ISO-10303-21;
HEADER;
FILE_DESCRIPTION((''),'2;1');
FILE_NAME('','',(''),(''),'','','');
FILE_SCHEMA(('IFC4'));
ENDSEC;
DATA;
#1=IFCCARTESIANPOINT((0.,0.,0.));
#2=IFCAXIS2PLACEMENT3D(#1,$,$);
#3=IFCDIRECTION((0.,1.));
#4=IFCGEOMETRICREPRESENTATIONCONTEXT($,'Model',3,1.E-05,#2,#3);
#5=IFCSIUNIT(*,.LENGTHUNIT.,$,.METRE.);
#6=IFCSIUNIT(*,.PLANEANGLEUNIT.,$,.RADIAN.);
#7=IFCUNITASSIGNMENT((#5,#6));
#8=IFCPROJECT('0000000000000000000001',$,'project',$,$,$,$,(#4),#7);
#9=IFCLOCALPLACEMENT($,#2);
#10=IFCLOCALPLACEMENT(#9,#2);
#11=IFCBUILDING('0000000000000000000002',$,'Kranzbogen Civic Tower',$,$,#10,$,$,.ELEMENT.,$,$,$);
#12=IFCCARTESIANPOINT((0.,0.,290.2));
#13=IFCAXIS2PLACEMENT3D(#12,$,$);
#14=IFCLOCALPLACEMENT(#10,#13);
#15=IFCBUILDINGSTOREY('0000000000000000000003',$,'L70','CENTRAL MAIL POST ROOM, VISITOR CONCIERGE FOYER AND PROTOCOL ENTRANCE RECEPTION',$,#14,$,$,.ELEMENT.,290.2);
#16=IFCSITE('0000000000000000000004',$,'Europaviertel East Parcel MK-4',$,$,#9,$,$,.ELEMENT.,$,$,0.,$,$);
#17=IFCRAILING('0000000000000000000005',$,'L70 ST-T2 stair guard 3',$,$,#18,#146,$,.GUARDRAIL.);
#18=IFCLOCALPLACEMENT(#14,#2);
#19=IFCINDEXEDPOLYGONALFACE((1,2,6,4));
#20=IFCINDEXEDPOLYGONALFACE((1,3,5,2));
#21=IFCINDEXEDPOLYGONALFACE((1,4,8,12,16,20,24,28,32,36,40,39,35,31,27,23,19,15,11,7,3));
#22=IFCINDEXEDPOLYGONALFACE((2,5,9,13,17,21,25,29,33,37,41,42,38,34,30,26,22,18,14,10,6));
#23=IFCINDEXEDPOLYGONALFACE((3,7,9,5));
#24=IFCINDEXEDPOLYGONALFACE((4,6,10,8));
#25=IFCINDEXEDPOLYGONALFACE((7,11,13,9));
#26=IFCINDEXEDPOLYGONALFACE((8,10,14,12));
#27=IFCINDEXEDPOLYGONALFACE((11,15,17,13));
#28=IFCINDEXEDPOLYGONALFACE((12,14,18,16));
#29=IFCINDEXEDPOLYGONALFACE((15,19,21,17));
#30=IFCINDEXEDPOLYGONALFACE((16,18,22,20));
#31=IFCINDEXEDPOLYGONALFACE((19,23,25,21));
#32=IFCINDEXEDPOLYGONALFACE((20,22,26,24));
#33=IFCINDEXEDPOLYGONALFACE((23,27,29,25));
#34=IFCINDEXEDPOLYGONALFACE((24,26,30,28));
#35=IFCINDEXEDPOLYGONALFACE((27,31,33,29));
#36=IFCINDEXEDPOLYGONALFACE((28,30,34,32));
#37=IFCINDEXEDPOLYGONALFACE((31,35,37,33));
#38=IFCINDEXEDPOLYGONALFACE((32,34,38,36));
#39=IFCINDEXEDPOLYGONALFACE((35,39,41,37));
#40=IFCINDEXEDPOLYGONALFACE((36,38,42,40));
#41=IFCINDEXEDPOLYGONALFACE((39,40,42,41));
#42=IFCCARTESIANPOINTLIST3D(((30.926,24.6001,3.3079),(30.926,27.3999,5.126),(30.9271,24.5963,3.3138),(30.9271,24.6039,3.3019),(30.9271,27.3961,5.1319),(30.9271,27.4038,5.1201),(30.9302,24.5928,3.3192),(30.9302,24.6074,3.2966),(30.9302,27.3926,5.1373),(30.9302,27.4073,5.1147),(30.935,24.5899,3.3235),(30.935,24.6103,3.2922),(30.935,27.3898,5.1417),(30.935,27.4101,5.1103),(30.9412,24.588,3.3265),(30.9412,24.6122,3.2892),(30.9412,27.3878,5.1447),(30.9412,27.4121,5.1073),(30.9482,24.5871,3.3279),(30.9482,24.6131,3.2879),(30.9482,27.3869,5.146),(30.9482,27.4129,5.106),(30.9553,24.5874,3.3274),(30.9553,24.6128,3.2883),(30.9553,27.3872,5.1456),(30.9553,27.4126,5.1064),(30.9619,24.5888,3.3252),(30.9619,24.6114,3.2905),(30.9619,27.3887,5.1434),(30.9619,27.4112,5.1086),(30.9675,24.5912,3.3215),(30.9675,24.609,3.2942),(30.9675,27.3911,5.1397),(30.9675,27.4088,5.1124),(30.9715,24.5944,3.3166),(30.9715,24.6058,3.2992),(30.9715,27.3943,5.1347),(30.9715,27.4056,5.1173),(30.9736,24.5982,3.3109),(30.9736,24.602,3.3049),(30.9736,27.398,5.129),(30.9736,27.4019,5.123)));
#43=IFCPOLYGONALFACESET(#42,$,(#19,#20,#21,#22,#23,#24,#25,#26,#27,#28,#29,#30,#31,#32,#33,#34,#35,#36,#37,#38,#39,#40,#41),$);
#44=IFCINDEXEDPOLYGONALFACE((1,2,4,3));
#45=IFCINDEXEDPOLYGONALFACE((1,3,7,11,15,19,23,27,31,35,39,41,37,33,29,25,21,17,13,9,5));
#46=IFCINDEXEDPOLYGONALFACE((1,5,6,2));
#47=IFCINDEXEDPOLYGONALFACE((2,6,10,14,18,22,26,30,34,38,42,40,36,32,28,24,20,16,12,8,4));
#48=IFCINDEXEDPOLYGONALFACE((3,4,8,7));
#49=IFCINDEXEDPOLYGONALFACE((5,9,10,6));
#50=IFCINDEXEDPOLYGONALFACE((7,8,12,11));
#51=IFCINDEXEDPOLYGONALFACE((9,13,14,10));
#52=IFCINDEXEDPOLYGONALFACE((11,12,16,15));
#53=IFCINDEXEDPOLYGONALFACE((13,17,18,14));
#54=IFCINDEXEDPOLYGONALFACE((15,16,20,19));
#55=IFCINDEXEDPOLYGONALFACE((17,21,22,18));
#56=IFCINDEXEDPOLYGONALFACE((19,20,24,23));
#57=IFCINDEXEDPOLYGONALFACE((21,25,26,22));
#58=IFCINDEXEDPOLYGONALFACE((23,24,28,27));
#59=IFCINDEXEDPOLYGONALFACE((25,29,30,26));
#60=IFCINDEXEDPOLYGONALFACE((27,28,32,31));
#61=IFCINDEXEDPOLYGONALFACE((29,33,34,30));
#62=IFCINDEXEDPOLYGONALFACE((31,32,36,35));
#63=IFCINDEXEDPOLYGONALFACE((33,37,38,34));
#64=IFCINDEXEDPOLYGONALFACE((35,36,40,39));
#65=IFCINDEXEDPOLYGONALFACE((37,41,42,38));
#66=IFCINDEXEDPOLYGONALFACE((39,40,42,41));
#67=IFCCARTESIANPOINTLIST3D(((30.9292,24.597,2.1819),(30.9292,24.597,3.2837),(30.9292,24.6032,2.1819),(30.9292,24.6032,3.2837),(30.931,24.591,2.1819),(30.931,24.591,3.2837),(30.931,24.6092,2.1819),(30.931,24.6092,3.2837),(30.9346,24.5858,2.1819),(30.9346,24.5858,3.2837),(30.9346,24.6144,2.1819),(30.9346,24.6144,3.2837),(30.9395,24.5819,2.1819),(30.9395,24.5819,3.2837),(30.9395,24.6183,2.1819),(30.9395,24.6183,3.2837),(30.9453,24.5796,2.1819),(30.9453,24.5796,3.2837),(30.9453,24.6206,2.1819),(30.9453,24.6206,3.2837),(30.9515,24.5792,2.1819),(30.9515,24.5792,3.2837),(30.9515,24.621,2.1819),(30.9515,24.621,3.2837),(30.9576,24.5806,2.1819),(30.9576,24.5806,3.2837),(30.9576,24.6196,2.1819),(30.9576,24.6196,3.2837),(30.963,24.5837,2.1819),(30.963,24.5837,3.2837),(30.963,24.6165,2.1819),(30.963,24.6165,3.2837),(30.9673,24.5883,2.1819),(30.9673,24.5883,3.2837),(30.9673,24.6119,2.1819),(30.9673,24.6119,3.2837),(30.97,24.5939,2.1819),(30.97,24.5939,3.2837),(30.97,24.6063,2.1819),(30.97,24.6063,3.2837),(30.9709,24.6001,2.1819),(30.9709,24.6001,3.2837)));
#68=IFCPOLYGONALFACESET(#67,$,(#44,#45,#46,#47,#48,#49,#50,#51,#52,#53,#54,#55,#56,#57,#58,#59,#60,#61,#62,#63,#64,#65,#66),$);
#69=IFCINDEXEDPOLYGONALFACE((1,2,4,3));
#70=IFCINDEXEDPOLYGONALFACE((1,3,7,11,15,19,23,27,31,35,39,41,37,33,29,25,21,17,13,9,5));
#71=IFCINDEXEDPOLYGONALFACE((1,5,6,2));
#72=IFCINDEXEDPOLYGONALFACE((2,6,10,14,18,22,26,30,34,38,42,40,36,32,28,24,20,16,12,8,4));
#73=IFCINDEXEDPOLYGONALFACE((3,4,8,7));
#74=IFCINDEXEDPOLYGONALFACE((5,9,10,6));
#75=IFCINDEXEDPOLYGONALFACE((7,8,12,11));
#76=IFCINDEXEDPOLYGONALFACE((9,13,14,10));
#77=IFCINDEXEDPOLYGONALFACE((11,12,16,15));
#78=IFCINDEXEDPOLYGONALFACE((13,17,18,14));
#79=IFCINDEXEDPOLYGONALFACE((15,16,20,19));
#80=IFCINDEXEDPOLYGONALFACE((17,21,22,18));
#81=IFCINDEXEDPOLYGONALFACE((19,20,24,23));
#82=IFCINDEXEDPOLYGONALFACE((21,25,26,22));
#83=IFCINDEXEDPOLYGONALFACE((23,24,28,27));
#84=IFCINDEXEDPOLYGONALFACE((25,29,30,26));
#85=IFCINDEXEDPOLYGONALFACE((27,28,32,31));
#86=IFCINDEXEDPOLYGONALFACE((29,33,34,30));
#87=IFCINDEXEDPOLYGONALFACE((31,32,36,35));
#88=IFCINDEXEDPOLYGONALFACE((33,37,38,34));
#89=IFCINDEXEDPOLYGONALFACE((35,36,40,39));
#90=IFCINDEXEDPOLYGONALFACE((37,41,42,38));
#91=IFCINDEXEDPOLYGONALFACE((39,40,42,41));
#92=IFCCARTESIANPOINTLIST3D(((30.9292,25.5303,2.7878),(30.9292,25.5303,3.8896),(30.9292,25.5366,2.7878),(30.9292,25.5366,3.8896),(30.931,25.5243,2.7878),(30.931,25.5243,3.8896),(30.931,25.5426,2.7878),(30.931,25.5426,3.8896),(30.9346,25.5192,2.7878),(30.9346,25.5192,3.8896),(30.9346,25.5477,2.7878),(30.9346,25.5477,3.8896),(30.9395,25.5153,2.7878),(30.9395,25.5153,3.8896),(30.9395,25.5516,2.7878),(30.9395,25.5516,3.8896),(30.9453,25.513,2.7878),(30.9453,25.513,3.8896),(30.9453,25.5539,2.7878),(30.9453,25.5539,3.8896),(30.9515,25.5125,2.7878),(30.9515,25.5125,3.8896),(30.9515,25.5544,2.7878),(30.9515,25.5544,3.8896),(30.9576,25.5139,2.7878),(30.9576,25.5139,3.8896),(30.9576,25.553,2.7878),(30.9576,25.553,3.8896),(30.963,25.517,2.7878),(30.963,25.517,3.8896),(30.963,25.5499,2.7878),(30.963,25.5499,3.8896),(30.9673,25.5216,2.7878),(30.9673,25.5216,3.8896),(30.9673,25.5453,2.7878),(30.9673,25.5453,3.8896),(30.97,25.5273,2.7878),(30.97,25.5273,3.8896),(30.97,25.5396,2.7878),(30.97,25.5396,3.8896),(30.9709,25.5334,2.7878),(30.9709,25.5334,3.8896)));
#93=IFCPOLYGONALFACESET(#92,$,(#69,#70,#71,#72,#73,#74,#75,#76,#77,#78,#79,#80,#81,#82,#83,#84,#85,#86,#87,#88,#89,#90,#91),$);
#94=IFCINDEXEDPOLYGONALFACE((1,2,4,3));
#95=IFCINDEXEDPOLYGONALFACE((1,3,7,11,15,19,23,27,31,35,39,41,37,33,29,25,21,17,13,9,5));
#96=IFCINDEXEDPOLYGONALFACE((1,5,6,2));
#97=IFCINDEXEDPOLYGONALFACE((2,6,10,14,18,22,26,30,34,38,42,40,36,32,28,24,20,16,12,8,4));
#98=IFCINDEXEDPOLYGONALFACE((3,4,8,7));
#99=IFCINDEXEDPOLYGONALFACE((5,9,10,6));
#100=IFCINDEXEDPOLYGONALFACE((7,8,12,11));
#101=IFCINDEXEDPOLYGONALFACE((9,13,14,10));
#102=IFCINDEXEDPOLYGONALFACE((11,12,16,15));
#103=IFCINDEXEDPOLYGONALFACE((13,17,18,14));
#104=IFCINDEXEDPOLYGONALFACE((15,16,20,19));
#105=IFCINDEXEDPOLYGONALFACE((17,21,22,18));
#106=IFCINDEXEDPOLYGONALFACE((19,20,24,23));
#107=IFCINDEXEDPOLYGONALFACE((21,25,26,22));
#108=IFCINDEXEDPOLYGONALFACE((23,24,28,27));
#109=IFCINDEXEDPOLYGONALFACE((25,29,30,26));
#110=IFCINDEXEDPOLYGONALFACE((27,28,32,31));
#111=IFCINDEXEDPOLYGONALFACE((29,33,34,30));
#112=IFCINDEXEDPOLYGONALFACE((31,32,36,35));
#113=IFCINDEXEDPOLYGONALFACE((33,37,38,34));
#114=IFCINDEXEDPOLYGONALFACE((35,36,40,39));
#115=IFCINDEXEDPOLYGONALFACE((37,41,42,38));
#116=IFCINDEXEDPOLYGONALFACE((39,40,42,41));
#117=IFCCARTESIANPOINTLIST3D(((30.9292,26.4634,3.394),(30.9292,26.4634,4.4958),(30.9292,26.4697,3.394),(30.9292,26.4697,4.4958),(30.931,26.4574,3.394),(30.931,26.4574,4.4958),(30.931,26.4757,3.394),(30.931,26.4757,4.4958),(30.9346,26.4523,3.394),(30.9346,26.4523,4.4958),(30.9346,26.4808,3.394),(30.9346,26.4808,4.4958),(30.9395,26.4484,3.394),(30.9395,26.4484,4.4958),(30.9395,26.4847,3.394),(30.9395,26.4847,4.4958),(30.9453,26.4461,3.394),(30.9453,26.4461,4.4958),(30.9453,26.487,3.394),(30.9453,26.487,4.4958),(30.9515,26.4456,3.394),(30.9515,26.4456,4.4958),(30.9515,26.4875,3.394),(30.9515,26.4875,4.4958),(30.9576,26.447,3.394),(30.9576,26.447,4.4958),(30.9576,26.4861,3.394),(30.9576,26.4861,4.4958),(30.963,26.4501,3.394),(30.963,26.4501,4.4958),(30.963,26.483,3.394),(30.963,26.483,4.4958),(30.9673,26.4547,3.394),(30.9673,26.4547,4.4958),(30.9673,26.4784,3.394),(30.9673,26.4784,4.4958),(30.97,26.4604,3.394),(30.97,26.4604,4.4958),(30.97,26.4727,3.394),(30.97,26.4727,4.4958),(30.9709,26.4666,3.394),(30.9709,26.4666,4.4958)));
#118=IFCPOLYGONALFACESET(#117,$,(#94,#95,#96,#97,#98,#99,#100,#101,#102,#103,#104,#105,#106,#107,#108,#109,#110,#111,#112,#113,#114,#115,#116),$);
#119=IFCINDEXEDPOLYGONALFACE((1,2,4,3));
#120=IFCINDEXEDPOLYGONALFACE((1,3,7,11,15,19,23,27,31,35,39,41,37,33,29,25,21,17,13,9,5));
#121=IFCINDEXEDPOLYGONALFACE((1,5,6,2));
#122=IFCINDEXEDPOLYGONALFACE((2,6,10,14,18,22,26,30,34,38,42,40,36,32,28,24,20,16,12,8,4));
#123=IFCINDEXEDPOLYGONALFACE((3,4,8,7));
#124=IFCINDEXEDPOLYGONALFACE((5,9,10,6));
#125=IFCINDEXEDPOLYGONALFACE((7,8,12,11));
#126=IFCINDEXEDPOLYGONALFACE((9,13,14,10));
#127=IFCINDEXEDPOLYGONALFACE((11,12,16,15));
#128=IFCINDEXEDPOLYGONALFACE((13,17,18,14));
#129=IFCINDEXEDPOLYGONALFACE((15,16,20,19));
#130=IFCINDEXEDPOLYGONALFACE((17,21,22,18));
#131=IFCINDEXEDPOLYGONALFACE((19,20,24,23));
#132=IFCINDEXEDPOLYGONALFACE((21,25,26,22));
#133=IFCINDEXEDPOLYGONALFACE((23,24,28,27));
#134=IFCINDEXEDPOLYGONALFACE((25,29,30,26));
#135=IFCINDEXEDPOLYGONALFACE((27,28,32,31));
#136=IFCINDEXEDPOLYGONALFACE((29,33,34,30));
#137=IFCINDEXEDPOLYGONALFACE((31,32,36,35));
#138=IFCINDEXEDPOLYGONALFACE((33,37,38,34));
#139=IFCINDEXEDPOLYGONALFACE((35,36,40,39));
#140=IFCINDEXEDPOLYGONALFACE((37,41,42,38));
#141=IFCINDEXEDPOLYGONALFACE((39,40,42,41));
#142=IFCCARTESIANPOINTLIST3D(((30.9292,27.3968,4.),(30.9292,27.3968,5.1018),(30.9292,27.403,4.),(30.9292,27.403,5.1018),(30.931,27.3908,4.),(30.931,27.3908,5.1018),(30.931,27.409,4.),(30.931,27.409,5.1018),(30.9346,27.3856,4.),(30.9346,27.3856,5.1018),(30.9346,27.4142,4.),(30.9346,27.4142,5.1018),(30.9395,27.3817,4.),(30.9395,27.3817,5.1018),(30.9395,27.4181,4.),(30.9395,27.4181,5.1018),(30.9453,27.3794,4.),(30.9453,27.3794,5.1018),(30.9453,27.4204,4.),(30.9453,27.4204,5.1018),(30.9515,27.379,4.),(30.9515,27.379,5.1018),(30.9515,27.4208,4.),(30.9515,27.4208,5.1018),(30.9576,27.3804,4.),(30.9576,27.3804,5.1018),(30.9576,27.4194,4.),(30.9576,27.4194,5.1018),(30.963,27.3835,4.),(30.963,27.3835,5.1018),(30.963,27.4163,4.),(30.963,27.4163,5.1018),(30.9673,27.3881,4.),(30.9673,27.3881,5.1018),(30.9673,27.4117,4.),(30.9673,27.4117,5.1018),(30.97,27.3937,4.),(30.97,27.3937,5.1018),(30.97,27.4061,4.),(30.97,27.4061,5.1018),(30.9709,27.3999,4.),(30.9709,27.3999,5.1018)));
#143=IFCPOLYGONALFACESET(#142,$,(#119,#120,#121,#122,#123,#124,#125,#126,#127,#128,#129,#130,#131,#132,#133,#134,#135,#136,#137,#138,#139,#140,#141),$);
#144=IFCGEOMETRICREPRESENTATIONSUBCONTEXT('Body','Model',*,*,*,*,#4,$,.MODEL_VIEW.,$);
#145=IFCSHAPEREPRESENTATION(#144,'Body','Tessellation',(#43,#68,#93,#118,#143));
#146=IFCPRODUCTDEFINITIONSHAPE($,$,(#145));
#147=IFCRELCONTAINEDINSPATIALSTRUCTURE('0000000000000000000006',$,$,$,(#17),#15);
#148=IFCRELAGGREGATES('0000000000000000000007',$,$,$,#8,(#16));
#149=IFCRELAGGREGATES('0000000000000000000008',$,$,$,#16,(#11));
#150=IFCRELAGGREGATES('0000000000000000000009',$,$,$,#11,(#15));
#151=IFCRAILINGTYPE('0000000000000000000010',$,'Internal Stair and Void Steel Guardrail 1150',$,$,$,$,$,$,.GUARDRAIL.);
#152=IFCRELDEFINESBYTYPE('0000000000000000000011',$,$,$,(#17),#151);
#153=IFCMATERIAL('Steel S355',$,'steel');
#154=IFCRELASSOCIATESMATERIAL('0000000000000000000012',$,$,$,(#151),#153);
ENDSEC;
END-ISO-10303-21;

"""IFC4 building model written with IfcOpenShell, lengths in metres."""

from ifc_helpers import new_model, si_unit, direction, frame, origin, origin_2d, place, context, subcontext, project, spatial, circle, extrude, material, type_object, element, save


model = new_model("IFC4")

# Units and contexts
model_context = context("Model", 3, precision=1e-05, world=origin(), true_north=direction((0.0, 1.0)))
body_context = subcontext(model_context, "Body", "Model", "MODEL_VIEW")
ifc_project = project(units=[si_unit("LENGTHUNIT", "METRE"), si_unit("PLANEANGLEUNIT", "RADIAN")], contexts=[model_context])

# Site, building, storey
site_placement = place(None, origin())
site = spatial("IfcSite", under=ifc_project, at=site_placement, Name="Europaviertel East Parcel MK-4", CompositionType="ELEMENT", RefElevation=0.0)
building_placement = place(site_placement, origin())
building = spatial("IfcBuilding", under=site, at=building_placement, Name="Kranzbogen Civic Tower", CompositionType="ELEMENT")
storey_placement = place(building_placement, frame((0.0, 0.0, 290.2)))
storey = spatial("IfcBuildingStorey", under=building, at=storey_placement, Name="L70", Description="CENTRAL MAIL POST ROOM, VISITOR CONCIERGE FOYER AND PROTOCOL ENTRANCE RECEPTION", CompositionType="ELEMENT", Elevation=290.2)

# Shared definitions
ifc_material_1 = material(Name="Steel S355", Category="steel")

# Railing
railing_type_1 = type_object("IfcRailingType", Name="Internal Stair and Void Steel Guardrail 1150", PredefinedType="GUARDRAIL", material=ifc_material_1)
railing_1_placement = place(storey_placement, frame((30.95, 24.6001, 2.1819)))
element("IfcRailing", 1, at=railing_1_placement, inside=storey, type_object=railing_type_1, Name="L70 ST-T2 stair guard 3", PredefinedType="GUARDRAIL", context=body_context, shape_type="SweptSolid", body=[
    extrude(circle(Radius=0.0239, at=origin_2d()), frame((0.0, 0.0, 1.126), z_axis=(0.0, 0.838684, 0.544618), x_axis=(-1.0, 0.0, 0.0)), (0.0, 0.0, 1.0), 3.3384),
    extrude(circle(Radius=0.021, at=origin_2d()), origin(), (0.0, 0.0, 1.0), 1.1018),
    extrude(circle(Radius=0.021, at=origin_2d()), frame((0.0, 0.9333, 0.606)), (0.0, 0.0, 1.0), 1.1018),
    extrude(circle(Radius=0.021, at=origin_2d()), frame((0.0, 1.8665, 1.2122)), (0.0, 0.0, 1.0), 1.1018),
    extrude(circle(Radius=0.021, at=origin_2d()), frame((0.0, 2.7998, 1.8181)), (0.0, 0.0, 1.0), 1.1018),
])

save(model, "model.ifc")
